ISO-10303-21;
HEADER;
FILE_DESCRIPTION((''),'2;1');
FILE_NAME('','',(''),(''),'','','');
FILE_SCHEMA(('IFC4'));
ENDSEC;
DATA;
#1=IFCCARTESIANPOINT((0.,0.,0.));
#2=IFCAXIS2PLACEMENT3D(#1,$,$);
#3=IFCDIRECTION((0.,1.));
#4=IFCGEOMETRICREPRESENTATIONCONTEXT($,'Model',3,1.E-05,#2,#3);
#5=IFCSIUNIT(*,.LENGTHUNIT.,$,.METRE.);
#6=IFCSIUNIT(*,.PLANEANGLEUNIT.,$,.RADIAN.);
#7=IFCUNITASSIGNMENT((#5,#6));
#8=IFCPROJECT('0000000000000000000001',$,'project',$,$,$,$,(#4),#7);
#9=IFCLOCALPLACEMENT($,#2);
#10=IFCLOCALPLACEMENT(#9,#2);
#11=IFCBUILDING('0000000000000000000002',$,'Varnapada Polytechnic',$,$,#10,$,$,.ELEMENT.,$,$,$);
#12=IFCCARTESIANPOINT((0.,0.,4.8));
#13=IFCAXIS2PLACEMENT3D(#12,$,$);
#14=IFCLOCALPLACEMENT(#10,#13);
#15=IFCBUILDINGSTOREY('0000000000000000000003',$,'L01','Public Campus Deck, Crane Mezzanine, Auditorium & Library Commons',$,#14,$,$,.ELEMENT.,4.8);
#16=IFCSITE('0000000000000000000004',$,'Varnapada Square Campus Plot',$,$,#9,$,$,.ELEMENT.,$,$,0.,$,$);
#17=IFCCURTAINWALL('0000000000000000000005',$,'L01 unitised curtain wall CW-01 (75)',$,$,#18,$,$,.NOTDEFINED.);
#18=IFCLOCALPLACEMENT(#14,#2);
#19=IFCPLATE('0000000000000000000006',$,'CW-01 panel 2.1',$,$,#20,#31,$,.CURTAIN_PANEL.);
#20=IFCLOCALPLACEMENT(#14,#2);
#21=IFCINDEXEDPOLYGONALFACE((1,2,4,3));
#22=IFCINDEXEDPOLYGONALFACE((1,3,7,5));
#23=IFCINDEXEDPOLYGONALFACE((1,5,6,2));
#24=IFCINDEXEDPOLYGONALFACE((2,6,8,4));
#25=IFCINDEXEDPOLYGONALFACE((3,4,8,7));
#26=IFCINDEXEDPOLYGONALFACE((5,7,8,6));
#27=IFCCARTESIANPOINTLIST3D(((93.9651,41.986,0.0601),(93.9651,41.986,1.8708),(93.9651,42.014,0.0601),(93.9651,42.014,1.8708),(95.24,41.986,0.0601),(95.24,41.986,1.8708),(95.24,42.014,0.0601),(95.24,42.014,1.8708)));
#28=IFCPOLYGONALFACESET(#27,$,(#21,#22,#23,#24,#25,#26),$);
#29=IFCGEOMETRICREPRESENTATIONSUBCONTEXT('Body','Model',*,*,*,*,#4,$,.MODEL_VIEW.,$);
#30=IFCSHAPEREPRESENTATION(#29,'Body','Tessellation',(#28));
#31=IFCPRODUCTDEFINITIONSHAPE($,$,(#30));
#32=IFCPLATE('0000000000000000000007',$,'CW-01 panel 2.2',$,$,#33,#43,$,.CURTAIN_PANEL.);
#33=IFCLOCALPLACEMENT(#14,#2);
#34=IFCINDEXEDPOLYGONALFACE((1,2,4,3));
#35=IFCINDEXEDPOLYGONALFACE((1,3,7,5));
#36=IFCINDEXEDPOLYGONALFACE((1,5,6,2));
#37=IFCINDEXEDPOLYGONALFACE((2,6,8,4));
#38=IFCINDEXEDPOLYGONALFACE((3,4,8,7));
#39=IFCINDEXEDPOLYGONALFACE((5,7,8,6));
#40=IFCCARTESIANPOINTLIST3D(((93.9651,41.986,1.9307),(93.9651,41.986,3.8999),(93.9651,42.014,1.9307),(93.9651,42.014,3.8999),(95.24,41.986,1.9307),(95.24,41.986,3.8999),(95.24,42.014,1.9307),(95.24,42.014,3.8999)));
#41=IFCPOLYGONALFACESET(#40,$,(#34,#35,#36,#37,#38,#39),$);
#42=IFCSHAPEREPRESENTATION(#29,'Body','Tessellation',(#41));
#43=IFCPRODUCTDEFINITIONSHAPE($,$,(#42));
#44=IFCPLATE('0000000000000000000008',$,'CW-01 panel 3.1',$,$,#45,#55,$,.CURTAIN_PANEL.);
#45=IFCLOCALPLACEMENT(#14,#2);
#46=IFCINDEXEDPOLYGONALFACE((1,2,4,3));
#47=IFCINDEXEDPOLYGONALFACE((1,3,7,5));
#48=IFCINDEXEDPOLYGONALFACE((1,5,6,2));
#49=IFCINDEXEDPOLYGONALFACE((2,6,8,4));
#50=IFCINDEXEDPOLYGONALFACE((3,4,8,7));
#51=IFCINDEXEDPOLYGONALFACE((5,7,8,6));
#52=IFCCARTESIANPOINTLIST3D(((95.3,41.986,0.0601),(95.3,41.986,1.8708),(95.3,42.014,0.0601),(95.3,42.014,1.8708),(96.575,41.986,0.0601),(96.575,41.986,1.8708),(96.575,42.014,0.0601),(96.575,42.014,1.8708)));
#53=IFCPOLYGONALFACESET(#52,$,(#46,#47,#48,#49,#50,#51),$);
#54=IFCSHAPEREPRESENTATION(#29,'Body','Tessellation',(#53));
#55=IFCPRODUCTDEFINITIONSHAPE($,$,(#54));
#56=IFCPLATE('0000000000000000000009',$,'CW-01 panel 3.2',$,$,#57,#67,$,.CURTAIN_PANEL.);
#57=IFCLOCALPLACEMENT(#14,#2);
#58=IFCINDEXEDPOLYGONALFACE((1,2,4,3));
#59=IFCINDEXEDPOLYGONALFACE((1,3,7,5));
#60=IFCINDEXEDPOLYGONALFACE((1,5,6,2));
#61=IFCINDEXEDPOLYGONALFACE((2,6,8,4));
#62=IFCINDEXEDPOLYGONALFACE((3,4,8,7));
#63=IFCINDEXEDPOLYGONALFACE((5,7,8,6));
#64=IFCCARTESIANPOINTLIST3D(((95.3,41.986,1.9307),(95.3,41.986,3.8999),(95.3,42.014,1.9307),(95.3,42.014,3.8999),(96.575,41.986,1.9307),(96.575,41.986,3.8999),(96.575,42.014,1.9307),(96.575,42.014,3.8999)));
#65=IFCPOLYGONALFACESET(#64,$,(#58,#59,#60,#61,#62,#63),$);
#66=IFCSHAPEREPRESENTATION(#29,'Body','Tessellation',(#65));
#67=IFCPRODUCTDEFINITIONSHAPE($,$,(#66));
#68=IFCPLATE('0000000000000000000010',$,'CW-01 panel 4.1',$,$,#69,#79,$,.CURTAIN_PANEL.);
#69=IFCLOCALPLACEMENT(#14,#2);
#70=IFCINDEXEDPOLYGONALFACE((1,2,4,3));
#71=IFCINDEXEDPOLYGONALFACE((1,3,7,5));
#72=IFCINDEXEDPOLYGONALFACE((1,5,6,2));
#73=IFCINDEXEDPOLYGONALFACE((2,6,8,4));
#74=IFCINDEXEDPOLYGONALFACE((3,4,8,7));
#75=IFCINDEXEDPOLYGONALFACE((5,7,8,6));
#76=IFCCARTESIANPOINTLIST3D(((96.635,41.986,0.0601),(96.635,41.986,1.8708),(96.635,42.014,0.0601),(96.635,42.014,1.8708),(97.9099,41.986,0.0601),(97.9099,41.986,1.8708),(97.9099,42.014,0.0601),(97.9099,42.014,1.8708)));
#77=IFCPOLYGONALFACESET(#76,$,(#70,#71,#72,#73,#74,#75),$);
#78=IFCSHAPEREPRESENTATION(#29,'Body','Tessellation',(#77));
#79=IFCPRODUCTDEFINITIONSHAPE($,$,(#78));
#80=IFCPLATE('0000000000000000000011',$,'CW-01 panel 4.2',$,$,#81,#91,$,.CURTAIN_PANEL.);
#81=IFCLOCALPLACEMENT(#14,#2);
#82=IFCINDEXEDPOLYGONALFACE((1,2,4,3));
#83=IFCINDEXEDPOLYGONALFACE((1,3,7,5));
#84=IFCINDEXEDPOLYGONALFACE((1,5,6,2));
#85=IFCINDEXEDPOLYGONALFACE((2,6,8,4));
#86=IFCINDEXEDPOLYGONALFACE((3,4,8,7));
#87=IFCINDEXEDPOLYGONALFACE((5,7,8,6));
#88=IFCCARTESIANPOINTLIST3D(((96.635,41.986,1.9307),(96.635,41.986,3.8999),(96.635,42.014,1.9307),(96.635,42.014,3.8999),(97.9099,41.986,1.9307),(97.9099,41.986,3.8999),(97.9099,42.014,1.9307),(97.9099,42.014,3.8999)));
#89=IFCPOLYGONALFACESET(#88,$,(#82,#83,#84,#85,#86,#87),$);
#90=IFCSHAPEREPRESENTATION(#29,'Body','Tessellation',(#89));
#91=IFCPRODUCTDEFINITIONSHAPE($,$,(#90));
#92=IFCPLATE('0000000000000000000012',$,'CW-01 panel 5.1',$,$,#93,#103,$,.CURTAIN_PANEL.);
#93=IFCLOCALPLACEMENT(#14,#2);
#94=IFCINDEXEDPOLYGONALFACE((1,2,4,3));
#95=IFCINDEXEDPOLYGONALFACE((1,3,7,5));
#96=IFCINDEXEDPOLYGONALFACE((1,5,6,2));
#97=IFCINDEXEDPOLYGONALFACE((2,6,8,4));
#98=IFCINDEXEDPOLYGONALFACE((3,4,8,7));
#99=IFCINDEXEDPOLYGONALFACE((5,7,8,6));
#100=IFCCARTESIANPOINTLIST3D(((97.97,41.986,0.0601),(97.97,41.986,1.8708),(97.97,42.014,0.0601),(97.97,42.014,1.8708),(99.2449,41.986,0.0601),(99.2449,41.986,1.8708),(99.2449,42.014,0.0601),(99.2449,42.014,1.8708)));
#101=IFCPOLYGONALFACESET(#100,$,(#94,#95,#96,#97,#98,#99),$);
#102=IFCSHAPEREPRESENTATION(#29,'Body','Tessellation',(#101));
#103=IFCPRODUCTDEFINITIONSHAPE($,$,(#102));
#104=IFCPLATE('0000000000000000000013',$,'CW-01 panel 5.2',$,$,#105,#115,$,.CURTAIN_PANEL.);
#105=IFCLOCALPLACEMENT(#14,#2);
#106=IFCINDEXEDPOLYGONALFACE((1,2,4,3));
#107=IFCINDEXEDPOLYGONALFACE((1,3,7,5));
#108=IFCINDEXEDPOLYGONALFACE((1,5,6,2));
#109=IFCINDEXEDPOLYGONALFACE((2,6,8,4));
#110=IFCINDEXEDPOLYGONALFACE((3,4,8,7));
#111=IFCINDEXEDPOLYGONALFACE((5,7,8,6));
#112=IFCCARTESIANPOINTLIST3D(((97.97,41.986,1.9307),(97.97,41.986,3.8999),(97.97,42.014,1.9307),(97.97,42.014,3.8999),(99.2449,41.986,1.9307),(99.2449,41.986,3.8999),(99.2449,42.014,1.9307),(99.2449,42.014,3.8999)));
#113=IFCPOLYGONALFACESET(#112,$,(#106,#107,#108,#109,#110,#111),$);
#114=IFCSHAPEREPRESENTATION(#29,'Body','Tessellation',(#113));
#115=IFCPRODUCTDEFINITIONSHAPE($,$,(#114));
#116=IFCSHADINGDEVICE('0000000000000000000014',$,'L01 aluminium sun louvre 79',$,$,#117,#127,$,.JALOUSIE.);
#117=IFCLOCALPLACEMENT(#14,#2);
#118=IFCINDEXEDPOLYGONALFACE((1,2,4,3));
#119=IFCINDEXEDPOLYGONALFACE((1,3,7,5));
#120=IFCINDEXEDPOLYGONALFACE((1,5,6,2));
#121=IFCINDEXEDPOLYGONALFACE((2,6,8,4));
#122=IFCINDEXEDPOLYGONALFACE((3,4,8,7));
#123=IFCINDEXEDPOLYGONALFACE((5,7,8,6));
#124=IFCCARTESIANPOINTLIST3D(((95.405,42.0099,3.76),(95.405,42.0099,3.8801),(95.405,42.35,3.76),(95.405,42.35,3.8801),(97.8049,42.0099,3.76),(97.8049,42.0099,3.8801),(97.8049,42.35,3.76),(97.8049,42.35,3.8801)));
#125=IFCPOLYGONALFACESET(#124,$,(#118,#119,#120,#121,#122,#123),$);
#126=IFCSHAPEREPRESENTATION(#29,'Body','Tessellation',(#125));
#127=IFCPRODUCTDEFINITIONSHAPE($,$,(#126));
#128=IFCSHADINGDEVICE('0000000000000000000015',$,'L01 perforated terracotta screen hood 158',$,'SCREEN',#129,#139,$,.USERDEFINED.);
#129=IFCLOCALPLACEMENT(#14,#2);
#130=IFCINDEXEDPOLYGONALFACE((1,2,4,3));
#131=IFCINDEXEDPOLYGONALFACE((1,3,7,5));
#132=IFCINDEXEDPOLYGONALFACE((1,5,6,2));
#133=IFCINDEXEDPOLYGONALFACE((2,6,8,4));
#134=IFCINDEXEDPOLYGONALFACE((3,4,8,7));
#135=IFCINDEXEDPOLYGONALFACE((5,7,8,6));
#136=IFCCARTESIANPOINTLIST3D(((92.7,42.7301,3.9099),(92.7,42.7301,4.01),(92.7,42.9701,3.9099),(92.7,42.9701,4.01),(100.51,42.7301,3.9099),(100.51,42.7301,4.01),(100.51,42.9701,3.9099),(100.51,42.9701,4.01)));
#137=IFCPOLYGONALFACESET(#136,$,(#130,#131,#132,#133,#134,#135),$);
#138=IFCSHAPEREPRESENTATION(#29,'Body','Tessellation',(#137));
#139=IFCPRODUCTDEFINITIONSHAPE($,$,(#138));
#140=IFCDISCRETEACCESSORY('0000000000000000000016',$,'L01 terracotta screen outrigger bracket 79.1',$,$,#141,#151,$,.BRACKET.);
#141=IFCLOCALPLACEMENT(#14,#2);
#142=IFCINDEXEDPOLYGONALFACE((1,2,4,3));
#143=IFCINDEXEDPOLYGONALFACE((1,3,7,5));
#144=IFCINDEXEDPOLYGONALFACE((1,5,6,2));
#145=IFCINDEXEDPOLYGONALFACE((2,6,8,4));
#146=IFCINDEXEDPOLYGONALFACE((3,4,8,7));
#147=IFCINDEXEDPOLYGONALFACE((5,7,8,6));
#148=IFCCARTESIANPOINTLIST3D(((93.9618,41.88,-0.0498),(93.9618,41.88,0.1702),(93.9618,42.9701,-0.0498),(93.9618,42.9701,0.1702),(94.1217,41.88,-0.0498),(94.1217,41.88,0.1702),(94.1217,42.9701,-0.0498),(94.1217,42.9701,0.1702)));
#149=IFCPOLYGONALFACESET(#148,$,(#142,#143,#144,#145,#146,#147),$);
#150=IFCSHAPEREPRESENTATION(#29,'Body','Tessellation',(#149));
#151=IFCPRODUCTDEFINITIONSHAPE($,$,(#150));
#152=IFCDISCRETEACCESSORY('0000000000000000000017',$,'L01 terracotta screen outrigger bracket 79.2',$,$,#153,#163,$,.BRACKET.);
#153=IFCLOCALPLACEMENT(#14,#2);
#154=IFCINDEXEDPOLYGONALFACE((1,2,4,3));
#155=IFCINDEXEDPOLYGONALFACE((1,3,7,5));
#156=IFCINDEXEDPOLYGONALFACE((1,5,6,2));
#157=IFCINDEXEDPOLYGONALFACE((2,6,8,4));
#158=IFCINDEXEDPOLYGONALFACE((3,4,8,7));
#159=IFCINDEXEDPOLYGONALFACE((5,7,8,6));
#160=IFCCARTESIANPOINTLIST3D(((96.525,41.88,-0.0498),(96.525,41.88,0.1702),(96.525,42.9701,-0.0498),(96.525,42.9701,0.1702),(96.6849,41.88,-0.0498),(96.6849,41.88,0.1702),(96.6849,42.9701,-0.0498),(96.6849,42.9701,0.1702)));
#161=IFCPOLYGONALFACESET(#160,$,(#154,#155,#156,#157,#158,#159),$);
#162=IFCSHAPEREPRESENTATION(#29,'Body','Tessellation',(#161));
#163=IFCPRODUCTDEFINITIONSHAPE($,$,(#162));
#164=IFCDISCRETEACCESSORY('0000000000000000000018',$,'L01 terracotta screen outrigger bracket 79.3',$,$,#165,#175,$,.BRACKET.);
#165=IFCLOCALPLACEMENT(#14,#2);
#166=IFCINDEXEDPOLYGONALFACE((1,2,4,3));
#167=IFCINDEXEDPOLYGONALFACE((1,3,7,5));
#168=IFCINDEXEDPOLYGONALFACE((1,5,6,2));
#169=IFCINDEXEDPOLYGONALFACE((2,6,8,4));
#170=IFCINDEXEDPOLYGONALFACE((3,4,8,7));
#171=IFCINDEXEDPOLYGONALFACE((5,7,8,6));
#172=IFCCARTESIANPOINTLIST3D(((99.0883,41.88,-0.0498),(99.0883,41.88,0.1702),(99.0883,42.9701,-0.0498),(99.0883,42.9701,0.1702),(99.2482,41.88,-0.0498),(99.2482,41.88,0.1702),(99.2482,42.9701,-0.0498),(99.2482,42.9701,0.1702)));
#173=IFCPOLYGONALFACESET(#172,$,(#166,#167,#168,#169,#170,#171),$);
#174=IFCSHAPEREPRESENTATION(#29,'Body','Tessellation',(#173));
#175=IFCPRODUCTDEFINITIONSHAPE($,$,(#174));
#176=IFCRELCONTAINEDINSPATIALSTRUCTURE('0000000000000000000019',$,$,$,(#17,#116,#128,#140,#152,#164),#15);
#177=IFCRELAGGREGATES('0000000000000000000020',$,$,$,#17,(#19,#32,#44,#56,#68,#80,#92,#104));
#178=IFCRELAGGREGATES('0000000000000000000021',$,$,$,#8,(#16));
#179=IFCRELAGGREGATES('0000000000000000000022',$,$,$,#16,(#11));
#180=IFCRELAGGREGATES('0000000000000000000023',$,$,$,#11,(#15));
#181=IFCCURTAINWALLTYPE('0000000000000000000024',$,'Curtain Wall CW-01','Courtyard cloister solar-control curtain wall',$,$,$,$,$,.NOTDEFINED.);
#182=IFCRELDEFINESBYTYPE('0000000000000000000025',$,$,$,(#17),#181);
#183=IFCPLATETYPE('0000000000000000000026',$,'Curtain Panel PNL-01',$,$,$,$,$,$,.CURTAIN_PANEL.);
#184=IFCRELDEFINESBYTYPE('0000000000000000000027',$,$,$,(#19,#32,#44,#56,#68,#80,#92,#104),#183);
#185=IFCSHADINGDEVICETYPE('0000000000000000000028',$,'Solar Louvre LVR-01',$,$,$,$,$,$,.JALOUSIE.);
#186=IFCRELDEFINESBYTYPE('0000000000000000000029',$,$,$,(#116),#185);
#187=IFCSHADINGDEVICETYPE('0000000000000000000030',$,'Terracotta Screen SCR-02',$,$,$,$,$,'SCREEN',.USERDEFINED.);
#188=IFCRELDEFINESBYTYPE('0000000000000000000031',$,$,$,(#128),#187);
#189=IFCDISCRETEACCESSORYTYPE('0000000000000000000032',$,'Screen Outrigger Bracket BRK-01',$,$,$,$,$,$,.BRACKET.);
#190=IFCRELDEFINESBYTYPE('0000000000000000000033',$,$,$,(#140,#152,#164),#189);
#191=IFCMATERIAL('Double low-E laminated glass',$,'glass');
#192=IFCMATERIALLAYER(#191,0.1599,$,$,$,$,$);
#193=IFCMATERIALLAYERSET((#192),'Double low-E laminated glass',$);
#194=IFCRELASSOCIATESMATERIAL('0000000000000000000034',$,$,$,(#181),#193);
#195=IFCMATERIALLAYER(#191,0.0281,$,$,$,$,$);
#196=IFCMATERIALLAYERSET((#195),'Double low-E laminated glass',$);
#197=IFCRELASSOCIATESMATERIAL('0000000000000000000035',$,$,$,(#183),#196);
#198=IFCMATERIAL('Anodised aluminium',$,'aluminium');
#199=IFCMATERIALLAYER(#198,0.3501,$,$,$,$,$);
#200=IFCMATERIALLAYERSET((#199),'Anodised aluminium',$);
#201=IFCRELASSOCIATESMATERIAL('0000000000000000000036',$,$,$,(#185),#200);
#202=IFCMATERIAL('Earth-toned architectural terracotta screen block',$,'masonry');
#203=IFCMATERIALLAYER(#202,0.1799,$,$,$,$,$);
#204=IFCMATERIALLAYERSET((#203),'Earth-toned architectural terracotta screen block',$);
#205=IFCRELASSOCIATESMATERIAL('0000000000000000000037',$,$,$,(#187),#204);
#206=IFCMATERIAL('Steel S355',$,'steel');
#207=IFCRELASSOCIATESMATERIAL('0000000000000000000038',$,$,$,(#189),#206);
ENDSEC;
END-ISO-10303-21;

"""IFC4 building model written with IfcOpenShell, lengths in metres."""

from ifc_helpers import new_model, si_unit, direction, frame, origin, origin_2d, place, context, subcontext, project, spatial, rectangle, extrude, material, layer, layer_set, type_object, element, aggregate, save


model = new_model("IFC4")

# Units and contexts
model_context = context("Model", 3, precision=1e-05, world=origin(), true_north=direction((0.0, 1.0)))
body_context = subcontext(model_context, "Body", "Model", "MODEL_VIEW")
ifc_project = project(units=[si_unit("LENGTHUNIT", "METRE"), si_unit("PLANEANGLEUNIT", "RADIAN")], contexts=[model_context])

# Site, building, storey
site_placement = place(None, origin())
site = spatial("IfcSite", under=ifc_project, at=site_placement, Name="Varnapada Square Campus Plot", CompositionType="ELEMENT", RefElevation=0.0)
building_placement = place(site_placement, origin())
building = spatial("IfcBuilding", under=site, at=building_placement, Name="Varnapada Polytechnic", CompositionType="ELEMENT")
storey_placement = place(building_placement, frame((0.0, 0.0, 4.8)))
storey = spatial("IfcBuildingStorey", under=building, at=storey_placement, Name="L01", Description="Public Campus Deck, Crane Mezzanine, Auditorium & Library Commons", CompositionType="ELEMENT", Elevation=4.8)

# Curtain wall, plates
ifc_material_1 = material(Name="Double low-E laminated glass", Category="glass")
ifc_layer_1 = layer(ifc_material_1, 0.1599)
ifc_layer_set_1 = layer_set([ifc_layer_1], Name="Double low-E laminated glass")
curtain_wall_type = type_object("IfcCurtainWallType", Name="Curtain Wall CW-01", Description="Courtyard cloister solar-control curtain wall", PredefinedType="NOTDEFINED", material=ifc_layer_set_1)
curtain_wall_placement = place(storey_placement, origin())
curtain_wall = element("IfcCurtainWall", 1, at=curtain_wall_placement, inside=storey, type_object=curtain_wall_type, Name="L01 unitised curtain wall CW-01 (75)", PredefinedType="NOTDEFINED")
ifc_material_2 = material(Name="Anodised aluminium", Category="aluminium")
ifc_layer_2 = layer(ifc_material_1, 0.0281)
ifc_layer_set_2 = layer_set([ifc_layer_2], Name="Double low-E laminated glass")
plate_type = type_object("IfcPlateType", Name="Curtain Panel PNL-01", PredefinedType="CURTAIN_PANEL", material=ifc_layer_set_2)
plate_1_placement = place(storey_placement, frame((94.6025, 42.0, 0.0601), z_axis=(0.0, 0.0, 1.0), x_axis=(1.0, 0.0, 0.0)))
plate_1 = element("IfcPlate", 2, at=plate_1_placement, type_object=plate_type, Name="CW-01 panel 2.1", PredefinedType="CURTAIN_PANEL", context=body_context, shape_type="SweptSolid", body=[
    extrude(rectangle(XDim=1.2749, YDim=0.0281, at=origin_2d()), origin(), (0.0, 0.0, 1.0), 1.8108),
])
plate_2_placement = place(storey_placement, frame((94.6025, 42.0, 1.9307), z_axis=(0.0, 0.0, 1.0), x_axis=(1.0, 0.0, 0.0)))
plate_2 = element("IfcPlate", 3, at=plate_2_placement, type_object=plate_type, Name="CW-01 panel 2.2", PredefinedType="CURTAIN_PANEL", context=body_context, shape_type="SweptSolid", body=[
    extrude(rectangle(XDim=1.2749, YDim=0.0281, at=origin_2d()), origin(), (0.0, 0.0, 1.0), 1.9692),
])
plate_3_placement = place(storey_placement, frame((95.9375, 42.0, 0.0601), z_axis=(0.0, 0.0, 1.0), x_axis=(1.0, 0.0, 0.0)))
plate_3 = element("IfcPlate", 4, at=plate_3_placement, type_object=plate_type, Name="CW-01 panel 3.1", PredefinedType="CURTAIN_PANEL", context=body_context, shape_type="SweptSolid", body=[
    extrude(rectangle(XDim=1.2749, YDim=0.0281, at=origin_2d()), origin(), (0.0, 0.0, 1.0), 1.8108),
])
plate_4_placement = place(storey_placement, frame((95.9375, 42.0, 1.9307), z_axis=(0.0, 0.0, 1.0), x_axis=(1.0, 0.0, 0.0)))
plate_4 = element("IfcPlate", 5, at=plate_4_placement, type_object=plate_type, Name="CW-01 panel 3.2", PredefinedType="CURTAIN_PANEL", context=body_context, shape_type="SweptSolid", body=[
    extrude(rectangle(XDim=1.2749, YDim=0.0281, at=origin_2d()), origin(), (0.0, 0.0, 1.0), 1.9692),
])
plate_5_placement = place(storey_placement, frame((97.2725, 42.0, 0.0601), z_axis=(0.0, 0.0, 1.0), x_axis=(1.0, 0.0, 0.0)))
plate_5 = element("IfcPlate", 6, at=plate_5_placement, type_object=plate_type, Name="CW-01 panel 4.1", PredefinedType="CURTAIN_PANEL", context=body_context, shape_type="SweptSolid", body=[
    extrude(rectangle(XDim=1.2749, YDim=0.0281, at=origin_2d()), origin(), (0.0, 0.0, 1.0), 1.8108),
])
plate_6_placement = place(storey_placement, frame((97.2725, 42.0, 1.9307), z_axis=(0.0, 0.0, 1.0), x_axis=(1.0, 0.0, 0.0)))
plate_6 = element("IfcPlate", 7, at=plate_6_placement, type_object=plate_type, Name="CW-01 panel 4.2", PredefinedType="CURTAIN_PANEL", context=body_context, shape_type="SweptSolid", body=[
    extrude(rectangle(XDim=1.2749, YDim=0.0281, at=origin_2d()), origin(), (0.0, 0.0, 1.0), 1.9692),
])
plate_7_placement = place(storey_placement, frame((98.6074, 42.0, 0.0601), z_axis=(0.0, 0.0, 1.0), x_axis=(1.0, 0.0, 0.0)))
plate_7 = element("IfcPlate", 8, at=plate_7_placement, type_object=plate_type, Name="CW-01 panel 5.1", PredefinedType="CURTAIN_PANEL", context=body_context, shape_type="SweptSolid", body=[
    extrude(rectangle(XDim=1.2749, YDim=0.0281, at=origin_2d()), origin(), (0.0, 0.0, 1.0), 1.8108),
])
plate_8_placement = place(storey_placement, frame((98.6074, 42.0, 1.9307), z_axis=(0.0, 0.0, 1.0), x_axis=(1.0, 0.0, 0.0)))
plate_8 = element("IfcPlate", 9, at=plate_8_placement, type_object=plate_type, Name="CW-01 panel 5.2", PredefinedType="CURTAIN_PANEL", context=body_context, shape_type="SweptSolid", body=[
    extrude(rectangle(XDim=1.2749, YDim=0.0281, at=origin_2d()), origin(), (0.0, 0.0, 1.0), 1.9692),
])
aggregate(curtain_wall, [plate_1, plate_2, plate_3, plate_4, plate_5, plate_6, plate_7, plate_8])

# Shading devices
ifc_layer_3 = layer(ifc_material_2, 0.3501)
ifc_layer_set_3 = layer_set([ifc_layer_3], Name="Anodised aluminium")
shading_device_type_1 = type_object("IfcShadingDeviceType", Name="Solar Louvre LVR-01", PredefinedType="JALOUSIE", material=ifc_layer_set_3)
shading_device_1_placement = place(storey_placement, frame((96.605, 42.1799, 3.76), z_axis=(0.0, 0.0, 1.0), x_axis=(1.0, 0.0, 0.0)))
element("IfcShadingDevice", 10, at=shading_device_1_placement, inside=storey, type_object=shading_device_type_1, Name="L01 aluminium sun louvre 79", PredefinedType="JALOUSIE", context=body_context, shape_type="SweptSolid", body=[
    extrude(rectangle(XDim=2.3999, YDim=0.3401, at=origin_2d()), origin(), (0.0, 0.0, 1.0), 0.1201),
])
ifc_material_3 = material(Name="Earth-toned architectural terracotta screen block", Category="masonry")
ifc_layer_4 = layer(ifc_material_3, 0.1799)
ifc_layer_set_4 = layer_set([ifc_layer_4], Name="Earth-toned architectural terracotta screen block")
shading_device_type_2 = type_object("IfcShadingDeviceType", Name="Terracotta Screen SCR-02", ElementType="SCREEN", PredefinedType="USERDEFINED", material=ifc_layer_set_4)
shading_device_2_placement = place(storey_placement, frame((96.605, 42.8501, 3.9099), z_axis=(0.0, 0.0, 1.0), x_axis=(1.0, 0.0, 0.0)))
element("IfcShadingDevice", 11, at=shading_device_2_placement, inside=storey, type_object=shading_device_type_2, Name="L01 perforated terracotta screen hood 158", ObjectType="SCREEN", PredefinedType="USERDEFINED", context=body_context, shape_type="SweptSolid", body=[
    extrude(rectangle(XDim=7.8101, YDim=0.24, at=origin_2d()), origin(), (0.0, 0.0, 1.0), 0.1001),
])

# Discrete accessories
ifc_material_4 = material(Name="Steel S355", Category="steel")
discrete_accessory_type = type_object("IfcDiscreteAccessoryType", Name="Screen Outrigger Bracket BRK-01", PredefinedType="BRACKET", material=ifc_material_4)
for number, where, z_axis, x_axis, name in (
    (12, (94.0417, 42.425, -0.0498), (0.0, 0.0, 1.0), (1.0, 0.0, 0.0), "L01 terracotta screen outrigger bracket 79.1"),
    (13, (96.605, 42.425, -0.0498), (0.0, 0.0, 1.0), (1.0, 0.0, 0.0), "L01 terracotta screen outrigger bracket 79.2"),
    (14, (99.1682, 42.425, -0.0498), (0.0, 0.0, 1.0), (1.0, 0.0, 0.0), "L01 terracotta screen outrigger bracket 79.3"),
):
    element("IfcDiscreteAccessory", number, at=place(storey_placement, frame(where, z_axis=z_axis, x_axis=x_axis)), inside=storey, type_object=discrete_accessory_type, Name=name, PredefinedType="BRACKET", context=body_context, shape_type="SweptSolid", body=[
        extrude(rectangle(XDim=0.1599, YDim=1.0901, at=origin_2d()), origin(), (0.0, 0.0, 1.0), 0.22),
    ])

save(model, "model.ifc")
